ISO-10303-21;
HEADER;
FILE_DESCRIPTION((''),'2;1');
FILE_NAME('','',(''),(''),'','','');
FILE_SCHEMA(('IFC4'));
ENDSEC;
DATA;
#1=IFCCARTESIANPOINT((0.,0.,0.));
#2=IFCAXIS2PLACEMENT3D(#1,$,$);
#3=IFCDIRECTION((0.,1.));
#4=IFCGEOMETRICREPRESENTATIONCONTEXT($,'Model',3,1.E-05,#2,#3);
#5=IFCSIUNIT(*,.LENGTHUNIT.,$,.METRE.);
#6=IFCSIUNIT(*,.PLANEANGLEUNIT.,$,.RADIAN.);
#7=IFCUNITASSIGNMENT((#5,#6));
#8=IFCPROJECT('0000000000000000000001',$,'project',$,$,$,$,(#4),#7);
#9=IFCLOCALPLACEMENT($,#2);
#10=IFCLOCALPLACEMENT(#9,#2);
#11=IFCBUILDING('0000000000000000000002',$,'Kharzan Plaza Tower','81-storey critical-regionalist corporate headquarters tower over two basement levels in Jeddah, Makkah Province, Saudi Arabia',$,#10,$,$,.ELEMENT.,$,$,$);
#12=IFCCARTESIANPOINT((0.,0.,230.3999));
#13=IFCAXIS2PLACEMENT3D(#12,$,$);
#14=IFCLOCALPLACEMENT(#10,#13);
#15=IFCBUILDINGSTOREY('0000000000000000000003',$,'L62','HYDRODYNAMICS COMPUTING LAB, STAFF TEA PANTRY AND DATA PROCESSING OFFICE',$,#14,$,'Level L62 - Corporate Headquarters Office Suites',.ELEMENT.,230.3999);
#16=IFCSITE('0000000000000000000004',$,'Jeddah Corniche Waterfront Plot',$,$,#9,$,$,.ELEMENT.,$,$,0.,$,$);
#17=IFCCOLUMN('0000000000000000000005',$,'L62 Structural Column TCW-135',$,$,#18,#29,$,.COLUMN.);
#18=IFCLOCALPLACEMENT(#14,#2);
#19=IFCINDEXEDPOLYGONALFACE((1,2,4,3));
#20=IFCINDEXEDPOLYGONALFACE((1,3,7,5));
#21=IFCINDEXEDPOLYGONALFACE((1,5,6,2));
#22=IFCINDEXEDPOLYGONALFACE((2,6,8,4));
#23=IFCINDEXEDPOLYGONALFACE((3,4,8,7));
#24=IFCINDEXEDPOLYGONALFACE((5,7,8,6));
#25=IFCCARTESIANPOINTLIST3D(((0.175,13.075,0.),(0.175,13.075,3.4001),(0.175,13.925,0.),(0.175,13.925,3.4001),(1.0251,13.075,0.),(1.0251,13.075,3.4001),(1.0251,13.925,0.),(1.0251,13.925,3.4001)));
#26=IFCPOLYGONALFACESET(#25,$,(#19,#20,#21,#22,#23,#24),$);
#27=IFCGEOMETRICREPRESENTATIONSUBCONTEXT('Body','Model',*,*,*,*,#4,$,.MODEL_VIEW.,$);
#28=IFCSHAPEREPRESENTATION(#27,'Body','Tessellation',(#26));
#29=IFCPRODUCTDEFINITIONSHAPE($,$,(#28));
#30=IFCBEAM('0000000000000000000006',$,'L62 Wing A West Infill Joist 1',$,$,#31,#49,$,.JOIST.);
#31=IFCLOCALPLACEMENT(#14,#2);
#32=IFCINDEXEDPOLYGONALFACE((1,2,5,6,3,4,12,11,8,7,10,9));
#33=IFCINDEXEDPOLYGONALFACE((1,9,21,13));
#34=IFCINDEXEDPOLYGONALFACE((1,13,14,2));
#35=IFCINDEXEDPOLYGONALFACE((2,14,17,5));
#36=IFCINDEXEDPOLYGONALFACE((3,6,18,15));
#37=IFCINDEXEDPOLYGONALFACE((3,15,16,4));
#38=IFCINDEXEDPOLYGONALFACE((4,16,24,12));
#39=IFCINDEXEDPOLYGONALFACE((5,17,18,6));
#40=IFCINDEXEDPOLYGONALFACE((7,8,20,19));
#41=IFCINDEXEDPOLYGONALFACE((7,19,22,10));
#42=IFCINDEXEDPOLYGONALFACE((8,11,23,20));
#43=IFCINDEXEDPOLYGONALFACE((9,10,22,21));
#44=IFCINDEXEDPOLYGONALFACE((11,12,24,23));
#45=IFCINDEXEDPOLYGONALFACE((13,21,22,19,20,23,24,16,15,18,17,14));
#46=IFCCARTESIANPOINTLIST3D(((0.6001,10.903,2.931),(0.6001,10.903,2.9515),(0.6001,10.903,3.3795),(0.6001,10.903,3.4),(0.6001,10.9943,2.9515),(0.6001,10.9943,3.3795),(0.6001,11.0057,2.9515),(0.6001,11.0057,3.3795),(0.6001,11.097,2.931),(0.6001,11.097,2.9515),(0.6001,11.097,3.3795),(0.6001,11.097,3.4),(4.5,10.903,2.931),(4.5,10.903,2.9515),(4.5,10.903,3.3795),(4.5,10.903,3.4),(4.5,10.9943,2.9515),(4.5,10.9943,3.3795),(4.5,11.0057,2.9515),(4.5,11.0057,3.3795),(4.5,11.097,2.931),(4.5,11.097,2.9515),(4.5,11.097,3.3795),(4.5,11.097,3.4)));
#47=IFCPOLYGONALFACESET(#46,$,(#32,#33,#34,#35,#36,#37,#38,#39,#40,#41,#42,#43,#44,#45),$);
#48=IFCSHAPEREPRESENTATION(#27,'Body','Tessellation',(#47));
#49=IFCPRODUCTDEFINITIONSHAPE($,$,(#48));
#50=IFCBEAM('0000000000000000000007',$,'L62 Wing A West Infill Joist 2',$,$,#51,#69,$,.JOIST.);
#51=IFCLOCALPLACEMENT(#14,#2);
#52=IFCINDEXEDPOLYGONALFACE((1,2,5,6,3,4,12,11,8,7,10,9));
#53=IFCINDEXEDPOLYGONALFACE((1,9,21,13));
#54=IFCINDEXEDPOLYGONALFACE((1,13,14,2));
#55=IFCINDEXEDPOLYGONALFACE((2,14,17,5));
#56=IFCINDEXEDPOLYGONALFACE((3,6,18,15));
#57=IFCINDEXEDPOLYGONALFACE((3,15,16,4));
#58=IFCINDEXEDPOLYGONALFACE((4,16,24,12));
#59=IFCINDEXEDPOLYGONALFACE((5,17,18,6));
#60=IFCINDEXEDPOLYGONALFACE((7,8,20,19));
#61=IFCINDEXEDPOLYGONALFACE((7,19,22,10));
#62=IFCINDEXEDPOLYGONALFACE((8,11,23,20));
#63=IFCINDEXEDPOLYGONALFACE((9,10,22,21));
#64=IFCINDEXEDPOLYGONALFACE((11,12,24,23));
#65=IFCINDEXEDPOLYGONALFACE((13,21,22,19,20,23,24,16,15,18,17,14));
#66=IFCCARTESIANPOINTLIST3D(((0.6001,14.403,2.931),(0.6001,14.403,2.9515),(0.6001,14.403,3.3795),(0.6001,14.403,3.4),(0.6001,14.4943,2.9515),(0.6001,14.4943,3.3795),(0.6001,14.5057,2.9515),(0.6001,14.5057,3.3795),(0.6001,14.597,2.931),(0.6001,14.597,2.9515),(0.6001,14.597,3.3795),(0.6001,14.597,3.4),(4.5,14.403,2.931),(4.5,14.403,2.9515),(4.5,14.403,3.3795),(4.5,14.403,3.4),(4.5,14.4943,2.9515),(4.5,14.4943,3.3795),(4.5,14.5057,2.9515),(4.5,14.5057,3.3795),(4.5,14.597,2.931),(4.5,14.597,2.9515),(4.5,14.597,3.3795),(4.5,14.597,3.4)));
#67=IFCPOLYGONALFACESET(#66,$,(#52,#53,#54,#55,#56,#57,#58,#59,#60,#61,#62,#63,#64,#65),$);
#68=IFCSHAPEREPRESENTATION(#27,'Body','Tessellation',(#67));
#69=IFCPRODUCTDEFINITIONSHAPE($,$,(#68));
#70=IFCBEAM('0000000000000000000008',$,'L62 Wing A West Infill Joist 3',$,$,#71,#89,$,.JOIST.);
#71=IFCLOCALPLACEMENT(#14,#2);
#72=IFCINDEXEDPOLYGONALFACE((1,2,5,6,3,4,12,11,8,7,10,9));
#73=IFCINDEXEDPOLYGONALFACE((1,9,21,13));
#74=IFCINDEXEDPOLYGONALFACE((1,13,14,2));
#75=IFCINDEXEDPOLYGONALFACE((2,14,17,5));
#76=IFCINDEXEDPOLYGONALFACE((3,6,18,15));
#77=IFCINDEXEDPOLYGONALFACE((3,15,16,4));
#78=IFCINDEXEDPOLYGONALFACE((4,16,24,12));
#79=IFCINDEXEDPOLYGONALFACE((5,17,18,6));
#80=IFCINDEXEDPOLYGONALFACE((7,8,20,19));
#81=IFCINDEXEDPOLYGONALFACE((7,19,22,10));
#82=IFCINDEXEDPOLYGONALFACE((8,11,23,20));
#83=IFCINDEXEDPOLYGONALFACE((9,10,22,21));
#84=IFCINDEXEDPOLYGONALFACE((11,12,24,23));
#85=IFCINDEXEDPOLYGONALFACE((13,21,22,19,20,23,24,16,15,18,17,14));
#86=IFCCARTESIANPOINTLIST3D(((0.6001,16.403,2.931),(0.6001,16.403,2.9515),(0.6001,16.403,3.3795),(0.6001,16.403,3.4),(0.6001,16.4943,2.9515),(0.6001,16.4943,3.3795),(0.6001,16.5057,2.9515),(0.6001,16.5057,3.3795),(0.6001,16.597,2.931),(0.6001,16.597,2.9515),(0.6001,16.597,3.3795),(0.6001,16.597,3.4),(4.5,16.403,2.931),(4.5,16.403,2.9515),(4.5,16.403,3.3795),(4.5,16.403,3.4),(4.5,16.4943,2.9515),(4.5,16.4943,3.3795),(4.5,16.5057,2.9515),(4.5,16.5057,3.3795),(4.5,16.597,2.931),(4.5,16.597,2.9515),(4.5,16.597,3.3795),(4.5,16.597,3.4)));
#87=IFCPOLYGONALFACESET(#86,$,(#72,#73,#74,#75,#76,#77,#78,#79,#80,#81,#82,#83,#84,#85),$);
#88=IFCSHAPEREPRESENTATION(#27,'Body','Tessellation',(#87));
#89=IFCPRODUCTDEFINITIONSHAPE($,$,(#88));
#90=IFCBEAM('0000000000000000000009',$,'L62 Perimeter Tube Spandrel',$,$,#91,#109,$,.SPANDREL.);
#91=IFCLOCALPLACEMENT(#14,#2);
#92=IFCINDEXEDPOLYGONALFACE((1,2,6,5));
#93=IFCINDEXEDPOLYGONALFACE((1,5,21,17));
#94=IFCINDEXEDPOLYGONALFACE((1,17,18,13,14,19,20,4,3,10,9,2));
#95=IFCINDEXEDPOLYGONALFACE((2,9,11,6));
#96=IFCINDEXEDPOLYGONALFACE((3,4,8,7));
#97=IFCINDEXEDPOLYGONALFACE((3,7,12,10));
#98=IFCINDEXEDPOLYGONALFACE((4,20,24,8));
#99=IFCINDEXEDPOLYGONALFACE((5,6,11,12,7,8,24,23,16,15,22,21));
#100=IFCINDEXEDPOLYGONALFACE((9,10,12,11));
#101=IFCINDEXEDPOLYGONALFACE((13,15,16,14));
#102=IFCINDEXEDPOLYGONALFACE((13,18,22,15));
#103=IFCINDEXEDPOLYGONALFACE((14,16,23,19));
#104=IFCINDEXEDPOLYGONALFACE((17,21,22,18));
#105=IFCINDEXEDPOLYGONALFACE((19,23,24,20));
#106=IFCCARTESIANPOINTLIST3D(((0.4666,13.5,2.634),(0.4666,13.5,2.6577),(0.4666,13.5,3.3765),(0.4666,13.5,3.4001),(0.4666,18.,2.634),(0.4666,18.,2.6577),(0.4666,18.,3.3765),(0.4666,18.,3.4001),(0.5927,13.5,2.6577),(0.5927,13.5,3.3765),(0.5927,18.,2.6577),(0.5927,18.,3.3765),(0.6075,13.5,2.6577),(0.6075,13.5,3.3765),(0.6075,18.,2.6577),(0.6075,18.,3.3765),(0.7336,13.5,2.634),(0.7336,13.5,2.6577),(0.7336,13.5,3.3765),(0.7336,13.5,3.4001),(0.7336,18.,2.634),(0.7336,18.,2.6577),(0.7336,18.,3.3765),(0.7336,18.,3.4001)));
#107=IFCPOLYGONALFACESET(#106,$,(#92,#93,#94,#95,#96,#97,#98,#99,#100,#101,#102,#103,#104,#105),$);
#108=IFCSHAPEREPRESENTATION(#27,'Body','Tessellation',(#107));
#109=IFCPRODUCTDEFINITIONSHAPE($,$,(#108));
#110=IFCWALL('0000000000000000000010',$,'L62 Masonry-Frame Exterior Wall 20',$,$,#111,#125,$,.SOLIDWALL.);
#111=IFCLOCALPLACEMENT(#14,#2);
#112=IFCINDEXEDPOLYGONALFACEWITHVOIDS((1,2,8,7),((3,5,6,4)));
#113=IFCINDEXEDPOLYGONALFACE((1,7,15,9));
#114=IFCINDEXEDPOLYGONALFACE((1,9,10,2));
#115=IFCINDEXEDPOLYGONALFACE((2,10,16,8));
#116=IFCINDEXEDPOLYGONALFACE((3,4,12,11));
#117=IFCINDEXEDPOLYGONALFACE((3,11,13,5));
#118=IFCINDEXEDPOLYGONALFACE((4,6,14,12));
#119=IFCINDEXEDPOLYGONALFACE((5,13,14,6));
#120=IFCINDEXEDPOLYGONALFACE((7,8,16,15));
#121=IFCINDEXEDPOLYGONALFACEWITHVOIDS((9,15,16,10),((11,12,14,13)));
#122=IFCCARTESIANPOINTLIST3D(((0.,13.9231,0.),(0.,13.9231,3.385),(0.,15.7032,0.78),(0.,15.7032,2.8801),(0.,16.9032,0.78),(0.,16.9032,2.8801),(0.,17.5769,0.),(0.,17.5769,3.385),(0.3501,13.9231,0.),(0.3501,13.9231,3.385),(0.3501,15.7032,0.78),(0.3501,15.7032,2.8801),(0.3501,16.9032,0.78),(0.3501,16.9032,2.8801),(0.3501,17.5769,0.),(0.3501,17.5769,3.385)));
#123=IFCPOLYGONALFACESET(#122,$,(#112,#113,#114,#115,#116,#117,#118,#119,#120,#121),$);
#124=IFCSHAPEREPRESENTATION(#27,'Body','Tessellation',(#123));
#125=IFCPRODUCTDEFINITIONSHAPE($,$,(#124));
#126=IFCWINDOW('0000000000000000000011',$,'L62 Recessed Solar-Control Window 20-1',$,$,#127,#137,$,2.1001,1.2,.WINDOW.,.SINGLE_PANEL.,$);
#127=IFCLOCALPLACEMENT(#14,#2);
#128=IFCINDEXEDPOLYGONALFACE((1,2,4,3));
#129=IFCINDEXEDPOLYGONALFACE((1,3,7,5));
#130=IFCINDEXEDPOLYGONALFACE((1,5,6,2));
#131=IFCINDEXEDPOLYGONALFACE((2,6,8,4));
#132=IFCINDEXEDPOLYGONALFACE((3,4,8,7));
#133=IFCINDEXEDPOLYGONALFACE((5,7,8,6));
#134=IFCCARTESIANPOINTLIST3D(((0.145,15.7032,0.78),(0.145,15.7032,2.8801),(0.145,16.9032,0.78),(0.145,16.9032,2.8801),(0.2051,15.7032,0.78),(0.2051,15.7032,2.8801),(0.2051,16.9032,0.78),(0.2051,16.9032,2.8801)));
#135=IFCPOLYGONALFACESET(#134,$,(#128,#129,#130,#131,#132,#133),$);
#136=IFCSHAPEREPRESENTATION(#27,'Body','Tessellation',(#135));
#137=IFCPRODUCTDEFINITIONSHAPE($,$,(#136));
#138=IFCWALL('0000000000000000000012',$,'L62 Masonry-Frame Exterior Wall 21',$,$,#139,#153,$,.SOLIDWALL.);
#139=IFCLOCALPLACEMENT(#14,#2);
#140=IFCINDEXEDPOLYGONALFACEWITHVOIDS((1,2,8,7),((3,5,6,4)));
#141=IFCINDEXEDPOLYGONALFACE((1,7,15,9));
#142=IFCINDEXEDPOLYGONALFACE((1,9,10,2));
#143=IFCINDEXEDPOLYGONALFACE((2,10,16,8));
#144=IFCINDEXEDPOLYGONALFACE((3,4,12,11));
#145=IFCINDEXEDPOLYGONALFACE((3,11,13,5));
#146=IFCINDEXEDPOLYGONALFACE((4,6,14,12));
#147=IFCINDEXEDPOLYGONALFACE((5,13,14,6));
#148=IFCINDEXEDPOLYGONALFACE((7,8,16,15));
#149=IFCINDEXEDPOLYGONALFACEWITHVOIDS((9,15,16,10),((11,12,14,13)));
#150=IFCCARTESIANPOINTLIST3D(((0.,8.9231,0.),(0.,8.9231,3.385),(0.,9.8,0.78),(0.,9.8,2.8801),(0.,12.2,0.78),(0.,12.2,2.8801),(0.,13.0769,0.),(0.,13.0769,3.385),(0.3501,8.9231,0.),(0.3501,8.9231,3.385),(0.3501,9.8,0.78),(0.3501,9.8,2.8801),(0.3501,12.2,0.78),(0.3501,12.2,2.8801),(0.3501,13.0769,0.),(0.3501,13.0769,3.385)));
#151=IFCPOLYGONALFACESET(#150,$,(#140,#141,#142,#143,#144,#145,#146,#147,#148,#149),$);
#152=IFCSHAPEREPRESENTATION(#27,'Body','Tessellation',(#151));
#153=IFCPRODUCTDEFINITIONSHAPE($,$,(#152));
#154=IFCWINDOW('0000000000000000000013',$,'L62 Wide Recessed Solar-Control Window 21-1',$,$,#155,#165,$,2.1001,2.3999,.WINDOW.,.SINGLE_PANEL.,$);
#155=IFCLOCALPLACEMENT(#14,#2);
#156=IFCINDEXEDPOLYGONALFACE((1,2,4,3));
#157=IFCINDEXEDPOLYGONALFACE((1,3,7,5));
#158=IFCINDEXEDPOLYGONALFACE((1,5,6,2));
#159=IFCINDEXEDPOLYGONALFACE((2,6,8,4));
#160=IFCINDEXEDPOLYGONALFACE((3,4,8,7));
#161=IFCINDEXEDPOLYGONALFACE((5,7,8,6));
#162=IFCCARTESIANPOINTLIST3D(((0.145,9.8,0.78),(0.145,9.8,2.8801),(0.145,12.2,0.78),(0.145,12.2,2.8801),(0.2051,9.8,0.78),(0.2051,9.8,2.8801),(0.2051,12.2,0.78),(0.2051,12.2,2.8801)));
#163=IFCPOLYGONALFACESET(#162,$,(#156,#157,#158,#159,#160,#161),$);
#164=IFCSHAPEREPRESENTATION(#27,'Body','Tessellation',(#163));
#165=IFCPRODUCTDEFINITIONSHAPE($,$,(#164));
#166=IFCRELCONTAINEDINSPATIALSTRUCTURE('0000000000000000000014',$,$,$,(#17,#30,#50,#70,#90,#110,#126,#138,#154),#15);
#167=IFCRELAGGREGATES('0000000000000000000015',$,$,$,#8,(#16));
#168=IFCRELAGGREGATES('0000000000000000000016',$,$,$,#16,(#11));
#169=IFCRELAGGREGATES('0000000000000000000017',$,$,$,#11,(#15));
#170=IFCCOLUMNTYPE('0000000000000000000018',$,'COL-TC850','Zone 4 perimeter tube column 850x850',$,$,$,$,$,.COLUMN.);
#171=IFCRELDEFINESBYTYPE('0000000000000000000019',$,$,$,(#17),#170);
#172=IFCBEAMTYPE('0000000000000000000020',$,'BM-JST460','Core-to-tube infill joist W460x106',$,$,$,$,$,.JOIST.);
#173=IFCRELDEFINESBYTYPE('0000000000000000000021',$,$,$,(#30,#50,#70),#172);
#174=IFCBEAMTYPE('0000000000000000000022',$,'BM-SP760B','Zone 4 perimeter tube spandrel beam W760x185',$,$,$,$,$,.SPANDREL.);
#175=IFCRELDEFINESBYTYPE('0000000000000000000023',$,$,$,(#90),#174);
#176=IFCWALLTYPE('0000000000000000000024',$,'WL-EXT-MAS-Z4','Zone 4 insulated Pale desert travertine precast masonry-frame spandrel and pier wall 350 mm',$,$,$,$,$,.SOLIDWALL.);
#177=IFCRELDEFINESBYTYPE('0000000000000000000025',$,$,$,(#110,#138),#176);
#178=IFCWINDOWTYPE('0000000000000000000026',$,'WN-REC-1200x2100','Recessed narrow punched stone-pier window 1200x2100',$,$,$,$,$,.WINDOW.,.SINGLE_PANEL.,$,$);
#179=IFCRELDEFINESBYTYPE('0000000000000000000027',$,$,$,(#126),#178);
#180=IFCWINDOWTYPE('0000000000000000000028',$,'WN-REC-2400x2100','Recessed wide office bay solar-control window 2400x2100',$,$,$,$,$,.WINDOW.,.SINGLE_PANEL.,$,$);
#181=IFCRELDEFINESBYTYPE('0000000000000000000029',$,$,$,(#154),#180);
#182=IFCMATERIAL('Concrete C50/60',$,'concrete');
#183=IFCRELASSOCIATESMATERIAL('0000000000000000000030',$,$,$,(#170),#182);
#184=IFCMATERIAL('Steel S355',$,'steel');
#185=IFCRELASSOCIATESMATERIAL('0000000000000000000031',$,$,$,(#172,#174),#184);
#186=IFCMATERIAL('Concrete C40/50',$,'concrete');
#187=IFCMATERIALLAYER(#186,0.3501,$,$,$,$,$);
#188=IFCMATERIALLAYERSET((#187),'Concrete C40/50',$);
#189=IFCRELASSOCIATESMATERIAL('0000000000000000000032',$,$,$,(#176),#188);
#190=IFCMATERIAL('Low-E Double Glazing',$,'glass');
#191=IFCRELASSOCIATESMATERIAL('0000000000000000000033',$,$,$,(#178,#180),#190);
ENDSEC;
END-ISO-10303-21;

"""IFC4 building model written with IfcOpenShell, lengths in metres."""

from ifc_helpers import new_model, si_unit, direction, frame, frame_2d, origin, origin_2d, place, context, subcontext, project, spatial, rectangle, i_section, extrude, source, transform, mapped, material, layer, layer_set, material_profile, profile_set, type_object, element, fill, save


model = new_model("IFC4")

# Units and contexts
model_context = context("Model", 3, precision=1e-05, world=origin(), true_north=direction((0.0, 1.0)))
body_context = subcontext(model_context, "Body", "Model", "MODEL_VIEW")
ifc_project = project(units=[si_unit("LENGTHUNIT", "METRE"), si_unit("PLANEANGLEUNIT", "RADIAN")], contexts=[model_context])

# Site, building, storey
site_placement = place(None, origin())
site = spatial("IfcSite", under=ifc_project, at=site_placement, Name="Jeddah Corniche Waterfront Plot", CompositionType="ELEMENT", RefElevation=0.0)
building_placement = place(site_placement, origin())
building = spatial("IfcBuilding", under=site, at=building_placement, Name="Kharzan Plaza Tower", Description="81-storey critical-regionalist corporate headquarters tower over two basement levels in Jeddah, Makkah Province, Saudi Arabia", CompositionType="ELEMENT")
storey_placement = place(building_placement, frame((0.0, 0.0, 230.3999)))
storey = spatial("IfcBuildingStorey", under=building, at=storey_placement, Name="L62", Description="HYDRODYNAMICS COMPUTING LAB, STAFF TEA PANTRY AND DATA PROCESSING OFFICE", LongName="Level L62 - Corporate Headquarters Office Suites", CompositionType="ELEMENT", Elevation=230.3999)

# Column
ifc_material_1 = material(Name="Concrete C50/60", Category="concrete")
ifc_material_profile_1 = material_profile(ifc_material_1, rectangle(XDim=0.8501, YDim=0.8501, at=origin_2d()), Name="RC-TC850x850")
ifc_profile_set_1 = profile_set([ifc_material_profile_1], Name="Concrete C50/60")
column_type = type_object("IfcColumnType", Name="COL-TC850", Description="Zone 4 perimeter tube column 850x850", PredefinedType="COLUMN", material=ifc_profile_set_1)
shared_shape_1 = source(origin(), body_context, "Body", "SweptSolid", [
    extrude(rectangle(XDim=0.8501, YDim=0.8501, at=origin_2d()), origin(), (0.0, 0.0, 1.0), 3.4001),
])
column_placement = place(storey_placement, frame((0.6001, 13.5, 0.0), z_axis=(0.0, 0.0, 1.0), x_axis=(1.0, 0.0, 0.0)))
element("IfcColumn", 1, at=column_placement, inside=storey, type_object=column_type, Name="L62 Structural Column TCW-135", PredefinedType="COLUMN", context=body_context, shape_type="MappedRepresentation", body=[
    mapped(shared_shape_1, transform((0.0, 0.0, 0.0), x_axis=(1.0, 0.0, 0.0), y_axis=(0.0, 1.0, 0.0), z_axis=(0.0, 0.0, 1.0))),
])

# Beams
ifc_material_2 = material(Name="Steel S355", Category="steel")
ifc_material_profile_2 = material_profile(ifc_material_2, i_section(OverallWidth=0.1941, OverallDepth=0.469, WebThickness=0.0115, FlangeThickness=0.0205, at=origin_2d()), Name="W460x106")
ifc_profile_set_2 = profile_set([ifc_material_profile_2], Name="Steel S355")
beam_type_1 = type_object("IfcBeamType", Name="BM-JST460", Description="Core-to-tube infill joist W460x106", PredefinedType="JOIST", material=ifc_profile_set_2)
shared_shape_2 = source(origin(), body_context, "Body", "SweptSolid", [
    extrude(i_section(OverallWidth=0.1941, OverallDepth=0.469, WebThickness=0.0115, FlangeThickness=0.0205, at=origin_2d()), origin(), (0.0, 0.0, 1.0), 3.8999),
])
for number, where, z_axis, x_axis, name in (
    (2, (0.6001, 11.0, 3.1655), (1.0, 0.0, 0.0), (0.0, 1.0, 0.0), "L62 Wing A West Infill Joist 1"),
    (3, (0.6001, 14.5, 3.1655), (1.0, 0.0, 0.0), (0.0, 1.0, 0.0), "L62 Wing A West Infill Joist 2"),
    (4, (0.6001, 16.5, 3.1655), (1.0, 0.0, 0.0), (0.0, 1.0, 0.0), "L62 Wing A West Infill Joist 3"),
):
    element("IfcBeam", number, at=place(storey_placement, frame(where, z_axis=z_axis, x_axis=x_axis)), inside=storey, type_object=beam_type_1, Name=name, PredefinedType="JOIST", context=body_context, shape_type="MappedRepresentation", body=[
        mapped(shared_shape_2, transform((0.0, 0.0, 0.0), x_axis=(1.0, 0.0, 0.0), y_axis=(0.0, 1.0, 0.0), z_axis=(0.0, 0.0, 1.0))),
    ])
ifc_material_profile_3 = material_profile(ifc_material_2, i_section(OverallWidth=0.2671, OverallDepth=0.7661, WebThickness=0.0149, FlangeThickness=0.0237, at=origin_2d()), Name="W760x185")
ifc_profile_set_3 = profile_set([ifc_material_profile_3], Name="Steel S355")
beam_type_2 = type_object("IfcBeamType", Name="BM-SP760B", Description="Zone 4 perimeter tube spandrel beam W760x185", PredefinedType="SPANDREL", material=ifc_profile_set_3)
shared_shape_3 = source(origin(), body_context, "Body", "SweptSolid", [
    extrude(i_section(OverallWidth=0.2671, OverallDepth=0.7661, WebThickness=0.0149, FlangeThickness=0.0237, at=origin_2d()), origin(), (0.0, 0.0, 1.0), 4.5),
])
beam_placement = place(storey_placement, frame((0.6001, 13.5, 3.0171), z_axis=(0.0, 1.0, 0.0), x_axis=(-1.0, 0.0, 0.0)))
element("IfcBeam", 5, at=beam_placement, inside=storey, type_object=beam_type_2, Name="L62 Perimeter Tube Spandrel", PredefinedType="SPANDREL", context=body_context, shape_type="MappedRepresentation", body=[
    mapped(shared_shape_3, transform((0.0, 0.0, 0.0), x_axis=(1.0, 0.0, 0.0), y_axis=(0.0, 1.0, 0.0), z_axis=(0.0, 0.0, 1.0))),
])

# Walls, openings, windows
ifc_material_3 = material(Name="Concrete C40/50", Category="concrete")
ifc_layer_1 = layer(ifc_material_3, 0.3501)
ifc_layer_set_1 = layer_set([ifc_layer_1], Name="Concrete C40/50")
wall_type_1 = type_object("IfcWallType", Name="WL-EXT-MAS-Z4", Description="Zone 4 insulated Pale desert travertine precast masonry-frame spandrel and pier wall 350 mm", PredefinedType="SOLIDWALL", material=ifc_layer_set_1)
wall_1_placement = place(storey_placement, frame((0.175, 17.5769, 0.0), z_axis=(0.0, 0.0, 1.0), x_axis=(0.0, -1.0, 0.0)))
wall_1 = element("IfcWall", 6, at=wall_1_placement, inside=storey, type_object=wall_type_1, Name="L62 Masonry-Frame Exterior Wall 20", PredefinedType="SOLIDWALL", context=body_context, shape_type="SweptSolid", body=[
    extrude(rectangle(XDim=3.6538, YDim=0.3501, at=frame_2d((1.8269, 0.0))), origin(), (0.0, 0.0, 1.0), 3.385),
])
opening_1_placement = place(wall_1_placement, frame((0.6736, 0.0, 0.78)))
opening_1 = element("IfcOpeningElement", 7, at=opening_1_placement, cuts=wall_1, PredefinedType="OPENING", context=body_context, shape_type="SweptSolid", body=[
    extrude(rectangle(XDim=1.2, YDim=2.1001, at=frame_2d((0.6001, 1.05))), frame((0.0, 0.1851, 0.0), z_axis=(0.0, -1.0, 0.0), x_axis=(1.0, 0.0, 0.0)), (0.0, 0.0, 1.0), 0.3701),
])
ifc_material_4 = material(Name="Low-E Double Glazing", Category="glass")
window_type_1 = type_object("IfcWindowType", Name="WN-REC-1200x2100", Description="Recessed narrow punched stone-pier window 1200x2100", PartitioningType="SINGLE_PANEL", PredefinedType="WINDOW", material=ifc_material_4)
shared_shape_4 = source(origin(), body_context, "Body", "SweptSolid", [
    extrude(rectangle(XDim=1.2, YDim=2.1001, at=frame_2d((0.6001, 1.05))), frame((0.0, 0.03, 0.0), z_axis=(0.0, -1.0, 0.0), x_axis=(1.0, 0.0, 0.0)), (0.0, 0.0, 1.0), 0.0601),
])
window_1_placement = place(opening_1_placement, origin())
window_1 = element("IfcWindow", 8, at=window_1_placement, inside=storey, type_object=window_type_1, Name="L62 Recessed Solar-Control Window 20-1", OverallHeight=2.1001, OverallWidth=1.2, PartitioningType="SINGLE_PANEL", PredefinedType="WINDOW", context=body_context, shape_type="MappedRepresentation", body=[
    mapped(shared_shape_4, transform((0.0, 0.0, 0.0), x_axis=(1.0, 0.0, 0.0), y_axis=(0.0, 1.0, 0.0), z_axis=(0.0, 0.0, 1.0))),
])
fill(opening_1, window_1)
wall_2_placement = place(storey_placement, frame((0.175, 13.0769, 0.0), z_axis=(0.0, 0.0, 1.0), x_axis=(0.0, -1.0, 0.0)))
wall_2 = element("IfcWall", 9, at=wall_2_placement, inside=storey, type_object=wall_type_1, Name="L62 Masonry-Frame Exterior Wall 21", PredefinedType="SOLIDWALL", context=body_context, shape_type="SweptSolid", body=[
    extrude(rectangle(XDim=4.1538, YDim=0.3501, at=frame_2d((2.0769, 0.0))), origin(), (0.0, 0.0, 1.0), 3.385),
])
opening_2_placement = place(wall_2_placement, frame((0.877, 0.0, 0.78)))
opening_2 = element("IfcOpeningElement", 10, at=opening_2_placement, cuts=wall_2, PredefinedType="OPENING", context=body_context, shape_type="SweptSolid", body=[
    extrude(rectangle(XDim=2.3999, YDim=2.1001, at=frame_2d((1.2, 1.05))), frame((0.0, 0.1851, 0.0), z_axis=(0.0, -1.0, 0.0), x_axis=(1.0, 0.0, 0.0)), (0.0, 0.0, 1.0), 0.3701),
])
window_type_2 = type_object("IfcWindowType", Name="WN-REC-2400x2100", Description="Recessed wide office bay solar-control window 2400x2100", PartitioningType="SINGLE_PANEL", PredefinedType="WINDOW", material=ifc_material_4)
shared_shape_5 = source(origin(), body_context, "Body", "SweptSolid", [
    extrude(rectangle(XDim=2.3999, YDim=2.1001, at=frame_2d((1.2, 1.05))), frame((0.0, 0.03, 0.0), z_axis=(0.0, -1.0, 0.0), x_axis=(1.0, 0.0, 0.0)), (0.0, 0.0, 1.0), 0.0601),
])
window_2_placement = place(opening_2_placement, origin())
window_2 = element("IfcWindow", 11, at=window_2_placement, inside=storey, type_object=window_type_2, Name="L62 Wide Recessed Solar-Control Window 21-1", OverallHeight=2.1001, OverallWidth=2.3999, PartitioningType="SINGLE_PANEL", PredefinedType="WINDOW", context=body_context, shape_type="MappedRepresentation", body=[
    mapped(shared_shape_5, transform((0.0, 0.0, 0.0), x_axis=(1.0, 0.0, 0.0), y_axis=(0.0, 1.0, 0.0), z_axis=(0.0, 0.0, 1.0))),
])
fill(opening_2, window_2)

save(model, "model.ifc")
